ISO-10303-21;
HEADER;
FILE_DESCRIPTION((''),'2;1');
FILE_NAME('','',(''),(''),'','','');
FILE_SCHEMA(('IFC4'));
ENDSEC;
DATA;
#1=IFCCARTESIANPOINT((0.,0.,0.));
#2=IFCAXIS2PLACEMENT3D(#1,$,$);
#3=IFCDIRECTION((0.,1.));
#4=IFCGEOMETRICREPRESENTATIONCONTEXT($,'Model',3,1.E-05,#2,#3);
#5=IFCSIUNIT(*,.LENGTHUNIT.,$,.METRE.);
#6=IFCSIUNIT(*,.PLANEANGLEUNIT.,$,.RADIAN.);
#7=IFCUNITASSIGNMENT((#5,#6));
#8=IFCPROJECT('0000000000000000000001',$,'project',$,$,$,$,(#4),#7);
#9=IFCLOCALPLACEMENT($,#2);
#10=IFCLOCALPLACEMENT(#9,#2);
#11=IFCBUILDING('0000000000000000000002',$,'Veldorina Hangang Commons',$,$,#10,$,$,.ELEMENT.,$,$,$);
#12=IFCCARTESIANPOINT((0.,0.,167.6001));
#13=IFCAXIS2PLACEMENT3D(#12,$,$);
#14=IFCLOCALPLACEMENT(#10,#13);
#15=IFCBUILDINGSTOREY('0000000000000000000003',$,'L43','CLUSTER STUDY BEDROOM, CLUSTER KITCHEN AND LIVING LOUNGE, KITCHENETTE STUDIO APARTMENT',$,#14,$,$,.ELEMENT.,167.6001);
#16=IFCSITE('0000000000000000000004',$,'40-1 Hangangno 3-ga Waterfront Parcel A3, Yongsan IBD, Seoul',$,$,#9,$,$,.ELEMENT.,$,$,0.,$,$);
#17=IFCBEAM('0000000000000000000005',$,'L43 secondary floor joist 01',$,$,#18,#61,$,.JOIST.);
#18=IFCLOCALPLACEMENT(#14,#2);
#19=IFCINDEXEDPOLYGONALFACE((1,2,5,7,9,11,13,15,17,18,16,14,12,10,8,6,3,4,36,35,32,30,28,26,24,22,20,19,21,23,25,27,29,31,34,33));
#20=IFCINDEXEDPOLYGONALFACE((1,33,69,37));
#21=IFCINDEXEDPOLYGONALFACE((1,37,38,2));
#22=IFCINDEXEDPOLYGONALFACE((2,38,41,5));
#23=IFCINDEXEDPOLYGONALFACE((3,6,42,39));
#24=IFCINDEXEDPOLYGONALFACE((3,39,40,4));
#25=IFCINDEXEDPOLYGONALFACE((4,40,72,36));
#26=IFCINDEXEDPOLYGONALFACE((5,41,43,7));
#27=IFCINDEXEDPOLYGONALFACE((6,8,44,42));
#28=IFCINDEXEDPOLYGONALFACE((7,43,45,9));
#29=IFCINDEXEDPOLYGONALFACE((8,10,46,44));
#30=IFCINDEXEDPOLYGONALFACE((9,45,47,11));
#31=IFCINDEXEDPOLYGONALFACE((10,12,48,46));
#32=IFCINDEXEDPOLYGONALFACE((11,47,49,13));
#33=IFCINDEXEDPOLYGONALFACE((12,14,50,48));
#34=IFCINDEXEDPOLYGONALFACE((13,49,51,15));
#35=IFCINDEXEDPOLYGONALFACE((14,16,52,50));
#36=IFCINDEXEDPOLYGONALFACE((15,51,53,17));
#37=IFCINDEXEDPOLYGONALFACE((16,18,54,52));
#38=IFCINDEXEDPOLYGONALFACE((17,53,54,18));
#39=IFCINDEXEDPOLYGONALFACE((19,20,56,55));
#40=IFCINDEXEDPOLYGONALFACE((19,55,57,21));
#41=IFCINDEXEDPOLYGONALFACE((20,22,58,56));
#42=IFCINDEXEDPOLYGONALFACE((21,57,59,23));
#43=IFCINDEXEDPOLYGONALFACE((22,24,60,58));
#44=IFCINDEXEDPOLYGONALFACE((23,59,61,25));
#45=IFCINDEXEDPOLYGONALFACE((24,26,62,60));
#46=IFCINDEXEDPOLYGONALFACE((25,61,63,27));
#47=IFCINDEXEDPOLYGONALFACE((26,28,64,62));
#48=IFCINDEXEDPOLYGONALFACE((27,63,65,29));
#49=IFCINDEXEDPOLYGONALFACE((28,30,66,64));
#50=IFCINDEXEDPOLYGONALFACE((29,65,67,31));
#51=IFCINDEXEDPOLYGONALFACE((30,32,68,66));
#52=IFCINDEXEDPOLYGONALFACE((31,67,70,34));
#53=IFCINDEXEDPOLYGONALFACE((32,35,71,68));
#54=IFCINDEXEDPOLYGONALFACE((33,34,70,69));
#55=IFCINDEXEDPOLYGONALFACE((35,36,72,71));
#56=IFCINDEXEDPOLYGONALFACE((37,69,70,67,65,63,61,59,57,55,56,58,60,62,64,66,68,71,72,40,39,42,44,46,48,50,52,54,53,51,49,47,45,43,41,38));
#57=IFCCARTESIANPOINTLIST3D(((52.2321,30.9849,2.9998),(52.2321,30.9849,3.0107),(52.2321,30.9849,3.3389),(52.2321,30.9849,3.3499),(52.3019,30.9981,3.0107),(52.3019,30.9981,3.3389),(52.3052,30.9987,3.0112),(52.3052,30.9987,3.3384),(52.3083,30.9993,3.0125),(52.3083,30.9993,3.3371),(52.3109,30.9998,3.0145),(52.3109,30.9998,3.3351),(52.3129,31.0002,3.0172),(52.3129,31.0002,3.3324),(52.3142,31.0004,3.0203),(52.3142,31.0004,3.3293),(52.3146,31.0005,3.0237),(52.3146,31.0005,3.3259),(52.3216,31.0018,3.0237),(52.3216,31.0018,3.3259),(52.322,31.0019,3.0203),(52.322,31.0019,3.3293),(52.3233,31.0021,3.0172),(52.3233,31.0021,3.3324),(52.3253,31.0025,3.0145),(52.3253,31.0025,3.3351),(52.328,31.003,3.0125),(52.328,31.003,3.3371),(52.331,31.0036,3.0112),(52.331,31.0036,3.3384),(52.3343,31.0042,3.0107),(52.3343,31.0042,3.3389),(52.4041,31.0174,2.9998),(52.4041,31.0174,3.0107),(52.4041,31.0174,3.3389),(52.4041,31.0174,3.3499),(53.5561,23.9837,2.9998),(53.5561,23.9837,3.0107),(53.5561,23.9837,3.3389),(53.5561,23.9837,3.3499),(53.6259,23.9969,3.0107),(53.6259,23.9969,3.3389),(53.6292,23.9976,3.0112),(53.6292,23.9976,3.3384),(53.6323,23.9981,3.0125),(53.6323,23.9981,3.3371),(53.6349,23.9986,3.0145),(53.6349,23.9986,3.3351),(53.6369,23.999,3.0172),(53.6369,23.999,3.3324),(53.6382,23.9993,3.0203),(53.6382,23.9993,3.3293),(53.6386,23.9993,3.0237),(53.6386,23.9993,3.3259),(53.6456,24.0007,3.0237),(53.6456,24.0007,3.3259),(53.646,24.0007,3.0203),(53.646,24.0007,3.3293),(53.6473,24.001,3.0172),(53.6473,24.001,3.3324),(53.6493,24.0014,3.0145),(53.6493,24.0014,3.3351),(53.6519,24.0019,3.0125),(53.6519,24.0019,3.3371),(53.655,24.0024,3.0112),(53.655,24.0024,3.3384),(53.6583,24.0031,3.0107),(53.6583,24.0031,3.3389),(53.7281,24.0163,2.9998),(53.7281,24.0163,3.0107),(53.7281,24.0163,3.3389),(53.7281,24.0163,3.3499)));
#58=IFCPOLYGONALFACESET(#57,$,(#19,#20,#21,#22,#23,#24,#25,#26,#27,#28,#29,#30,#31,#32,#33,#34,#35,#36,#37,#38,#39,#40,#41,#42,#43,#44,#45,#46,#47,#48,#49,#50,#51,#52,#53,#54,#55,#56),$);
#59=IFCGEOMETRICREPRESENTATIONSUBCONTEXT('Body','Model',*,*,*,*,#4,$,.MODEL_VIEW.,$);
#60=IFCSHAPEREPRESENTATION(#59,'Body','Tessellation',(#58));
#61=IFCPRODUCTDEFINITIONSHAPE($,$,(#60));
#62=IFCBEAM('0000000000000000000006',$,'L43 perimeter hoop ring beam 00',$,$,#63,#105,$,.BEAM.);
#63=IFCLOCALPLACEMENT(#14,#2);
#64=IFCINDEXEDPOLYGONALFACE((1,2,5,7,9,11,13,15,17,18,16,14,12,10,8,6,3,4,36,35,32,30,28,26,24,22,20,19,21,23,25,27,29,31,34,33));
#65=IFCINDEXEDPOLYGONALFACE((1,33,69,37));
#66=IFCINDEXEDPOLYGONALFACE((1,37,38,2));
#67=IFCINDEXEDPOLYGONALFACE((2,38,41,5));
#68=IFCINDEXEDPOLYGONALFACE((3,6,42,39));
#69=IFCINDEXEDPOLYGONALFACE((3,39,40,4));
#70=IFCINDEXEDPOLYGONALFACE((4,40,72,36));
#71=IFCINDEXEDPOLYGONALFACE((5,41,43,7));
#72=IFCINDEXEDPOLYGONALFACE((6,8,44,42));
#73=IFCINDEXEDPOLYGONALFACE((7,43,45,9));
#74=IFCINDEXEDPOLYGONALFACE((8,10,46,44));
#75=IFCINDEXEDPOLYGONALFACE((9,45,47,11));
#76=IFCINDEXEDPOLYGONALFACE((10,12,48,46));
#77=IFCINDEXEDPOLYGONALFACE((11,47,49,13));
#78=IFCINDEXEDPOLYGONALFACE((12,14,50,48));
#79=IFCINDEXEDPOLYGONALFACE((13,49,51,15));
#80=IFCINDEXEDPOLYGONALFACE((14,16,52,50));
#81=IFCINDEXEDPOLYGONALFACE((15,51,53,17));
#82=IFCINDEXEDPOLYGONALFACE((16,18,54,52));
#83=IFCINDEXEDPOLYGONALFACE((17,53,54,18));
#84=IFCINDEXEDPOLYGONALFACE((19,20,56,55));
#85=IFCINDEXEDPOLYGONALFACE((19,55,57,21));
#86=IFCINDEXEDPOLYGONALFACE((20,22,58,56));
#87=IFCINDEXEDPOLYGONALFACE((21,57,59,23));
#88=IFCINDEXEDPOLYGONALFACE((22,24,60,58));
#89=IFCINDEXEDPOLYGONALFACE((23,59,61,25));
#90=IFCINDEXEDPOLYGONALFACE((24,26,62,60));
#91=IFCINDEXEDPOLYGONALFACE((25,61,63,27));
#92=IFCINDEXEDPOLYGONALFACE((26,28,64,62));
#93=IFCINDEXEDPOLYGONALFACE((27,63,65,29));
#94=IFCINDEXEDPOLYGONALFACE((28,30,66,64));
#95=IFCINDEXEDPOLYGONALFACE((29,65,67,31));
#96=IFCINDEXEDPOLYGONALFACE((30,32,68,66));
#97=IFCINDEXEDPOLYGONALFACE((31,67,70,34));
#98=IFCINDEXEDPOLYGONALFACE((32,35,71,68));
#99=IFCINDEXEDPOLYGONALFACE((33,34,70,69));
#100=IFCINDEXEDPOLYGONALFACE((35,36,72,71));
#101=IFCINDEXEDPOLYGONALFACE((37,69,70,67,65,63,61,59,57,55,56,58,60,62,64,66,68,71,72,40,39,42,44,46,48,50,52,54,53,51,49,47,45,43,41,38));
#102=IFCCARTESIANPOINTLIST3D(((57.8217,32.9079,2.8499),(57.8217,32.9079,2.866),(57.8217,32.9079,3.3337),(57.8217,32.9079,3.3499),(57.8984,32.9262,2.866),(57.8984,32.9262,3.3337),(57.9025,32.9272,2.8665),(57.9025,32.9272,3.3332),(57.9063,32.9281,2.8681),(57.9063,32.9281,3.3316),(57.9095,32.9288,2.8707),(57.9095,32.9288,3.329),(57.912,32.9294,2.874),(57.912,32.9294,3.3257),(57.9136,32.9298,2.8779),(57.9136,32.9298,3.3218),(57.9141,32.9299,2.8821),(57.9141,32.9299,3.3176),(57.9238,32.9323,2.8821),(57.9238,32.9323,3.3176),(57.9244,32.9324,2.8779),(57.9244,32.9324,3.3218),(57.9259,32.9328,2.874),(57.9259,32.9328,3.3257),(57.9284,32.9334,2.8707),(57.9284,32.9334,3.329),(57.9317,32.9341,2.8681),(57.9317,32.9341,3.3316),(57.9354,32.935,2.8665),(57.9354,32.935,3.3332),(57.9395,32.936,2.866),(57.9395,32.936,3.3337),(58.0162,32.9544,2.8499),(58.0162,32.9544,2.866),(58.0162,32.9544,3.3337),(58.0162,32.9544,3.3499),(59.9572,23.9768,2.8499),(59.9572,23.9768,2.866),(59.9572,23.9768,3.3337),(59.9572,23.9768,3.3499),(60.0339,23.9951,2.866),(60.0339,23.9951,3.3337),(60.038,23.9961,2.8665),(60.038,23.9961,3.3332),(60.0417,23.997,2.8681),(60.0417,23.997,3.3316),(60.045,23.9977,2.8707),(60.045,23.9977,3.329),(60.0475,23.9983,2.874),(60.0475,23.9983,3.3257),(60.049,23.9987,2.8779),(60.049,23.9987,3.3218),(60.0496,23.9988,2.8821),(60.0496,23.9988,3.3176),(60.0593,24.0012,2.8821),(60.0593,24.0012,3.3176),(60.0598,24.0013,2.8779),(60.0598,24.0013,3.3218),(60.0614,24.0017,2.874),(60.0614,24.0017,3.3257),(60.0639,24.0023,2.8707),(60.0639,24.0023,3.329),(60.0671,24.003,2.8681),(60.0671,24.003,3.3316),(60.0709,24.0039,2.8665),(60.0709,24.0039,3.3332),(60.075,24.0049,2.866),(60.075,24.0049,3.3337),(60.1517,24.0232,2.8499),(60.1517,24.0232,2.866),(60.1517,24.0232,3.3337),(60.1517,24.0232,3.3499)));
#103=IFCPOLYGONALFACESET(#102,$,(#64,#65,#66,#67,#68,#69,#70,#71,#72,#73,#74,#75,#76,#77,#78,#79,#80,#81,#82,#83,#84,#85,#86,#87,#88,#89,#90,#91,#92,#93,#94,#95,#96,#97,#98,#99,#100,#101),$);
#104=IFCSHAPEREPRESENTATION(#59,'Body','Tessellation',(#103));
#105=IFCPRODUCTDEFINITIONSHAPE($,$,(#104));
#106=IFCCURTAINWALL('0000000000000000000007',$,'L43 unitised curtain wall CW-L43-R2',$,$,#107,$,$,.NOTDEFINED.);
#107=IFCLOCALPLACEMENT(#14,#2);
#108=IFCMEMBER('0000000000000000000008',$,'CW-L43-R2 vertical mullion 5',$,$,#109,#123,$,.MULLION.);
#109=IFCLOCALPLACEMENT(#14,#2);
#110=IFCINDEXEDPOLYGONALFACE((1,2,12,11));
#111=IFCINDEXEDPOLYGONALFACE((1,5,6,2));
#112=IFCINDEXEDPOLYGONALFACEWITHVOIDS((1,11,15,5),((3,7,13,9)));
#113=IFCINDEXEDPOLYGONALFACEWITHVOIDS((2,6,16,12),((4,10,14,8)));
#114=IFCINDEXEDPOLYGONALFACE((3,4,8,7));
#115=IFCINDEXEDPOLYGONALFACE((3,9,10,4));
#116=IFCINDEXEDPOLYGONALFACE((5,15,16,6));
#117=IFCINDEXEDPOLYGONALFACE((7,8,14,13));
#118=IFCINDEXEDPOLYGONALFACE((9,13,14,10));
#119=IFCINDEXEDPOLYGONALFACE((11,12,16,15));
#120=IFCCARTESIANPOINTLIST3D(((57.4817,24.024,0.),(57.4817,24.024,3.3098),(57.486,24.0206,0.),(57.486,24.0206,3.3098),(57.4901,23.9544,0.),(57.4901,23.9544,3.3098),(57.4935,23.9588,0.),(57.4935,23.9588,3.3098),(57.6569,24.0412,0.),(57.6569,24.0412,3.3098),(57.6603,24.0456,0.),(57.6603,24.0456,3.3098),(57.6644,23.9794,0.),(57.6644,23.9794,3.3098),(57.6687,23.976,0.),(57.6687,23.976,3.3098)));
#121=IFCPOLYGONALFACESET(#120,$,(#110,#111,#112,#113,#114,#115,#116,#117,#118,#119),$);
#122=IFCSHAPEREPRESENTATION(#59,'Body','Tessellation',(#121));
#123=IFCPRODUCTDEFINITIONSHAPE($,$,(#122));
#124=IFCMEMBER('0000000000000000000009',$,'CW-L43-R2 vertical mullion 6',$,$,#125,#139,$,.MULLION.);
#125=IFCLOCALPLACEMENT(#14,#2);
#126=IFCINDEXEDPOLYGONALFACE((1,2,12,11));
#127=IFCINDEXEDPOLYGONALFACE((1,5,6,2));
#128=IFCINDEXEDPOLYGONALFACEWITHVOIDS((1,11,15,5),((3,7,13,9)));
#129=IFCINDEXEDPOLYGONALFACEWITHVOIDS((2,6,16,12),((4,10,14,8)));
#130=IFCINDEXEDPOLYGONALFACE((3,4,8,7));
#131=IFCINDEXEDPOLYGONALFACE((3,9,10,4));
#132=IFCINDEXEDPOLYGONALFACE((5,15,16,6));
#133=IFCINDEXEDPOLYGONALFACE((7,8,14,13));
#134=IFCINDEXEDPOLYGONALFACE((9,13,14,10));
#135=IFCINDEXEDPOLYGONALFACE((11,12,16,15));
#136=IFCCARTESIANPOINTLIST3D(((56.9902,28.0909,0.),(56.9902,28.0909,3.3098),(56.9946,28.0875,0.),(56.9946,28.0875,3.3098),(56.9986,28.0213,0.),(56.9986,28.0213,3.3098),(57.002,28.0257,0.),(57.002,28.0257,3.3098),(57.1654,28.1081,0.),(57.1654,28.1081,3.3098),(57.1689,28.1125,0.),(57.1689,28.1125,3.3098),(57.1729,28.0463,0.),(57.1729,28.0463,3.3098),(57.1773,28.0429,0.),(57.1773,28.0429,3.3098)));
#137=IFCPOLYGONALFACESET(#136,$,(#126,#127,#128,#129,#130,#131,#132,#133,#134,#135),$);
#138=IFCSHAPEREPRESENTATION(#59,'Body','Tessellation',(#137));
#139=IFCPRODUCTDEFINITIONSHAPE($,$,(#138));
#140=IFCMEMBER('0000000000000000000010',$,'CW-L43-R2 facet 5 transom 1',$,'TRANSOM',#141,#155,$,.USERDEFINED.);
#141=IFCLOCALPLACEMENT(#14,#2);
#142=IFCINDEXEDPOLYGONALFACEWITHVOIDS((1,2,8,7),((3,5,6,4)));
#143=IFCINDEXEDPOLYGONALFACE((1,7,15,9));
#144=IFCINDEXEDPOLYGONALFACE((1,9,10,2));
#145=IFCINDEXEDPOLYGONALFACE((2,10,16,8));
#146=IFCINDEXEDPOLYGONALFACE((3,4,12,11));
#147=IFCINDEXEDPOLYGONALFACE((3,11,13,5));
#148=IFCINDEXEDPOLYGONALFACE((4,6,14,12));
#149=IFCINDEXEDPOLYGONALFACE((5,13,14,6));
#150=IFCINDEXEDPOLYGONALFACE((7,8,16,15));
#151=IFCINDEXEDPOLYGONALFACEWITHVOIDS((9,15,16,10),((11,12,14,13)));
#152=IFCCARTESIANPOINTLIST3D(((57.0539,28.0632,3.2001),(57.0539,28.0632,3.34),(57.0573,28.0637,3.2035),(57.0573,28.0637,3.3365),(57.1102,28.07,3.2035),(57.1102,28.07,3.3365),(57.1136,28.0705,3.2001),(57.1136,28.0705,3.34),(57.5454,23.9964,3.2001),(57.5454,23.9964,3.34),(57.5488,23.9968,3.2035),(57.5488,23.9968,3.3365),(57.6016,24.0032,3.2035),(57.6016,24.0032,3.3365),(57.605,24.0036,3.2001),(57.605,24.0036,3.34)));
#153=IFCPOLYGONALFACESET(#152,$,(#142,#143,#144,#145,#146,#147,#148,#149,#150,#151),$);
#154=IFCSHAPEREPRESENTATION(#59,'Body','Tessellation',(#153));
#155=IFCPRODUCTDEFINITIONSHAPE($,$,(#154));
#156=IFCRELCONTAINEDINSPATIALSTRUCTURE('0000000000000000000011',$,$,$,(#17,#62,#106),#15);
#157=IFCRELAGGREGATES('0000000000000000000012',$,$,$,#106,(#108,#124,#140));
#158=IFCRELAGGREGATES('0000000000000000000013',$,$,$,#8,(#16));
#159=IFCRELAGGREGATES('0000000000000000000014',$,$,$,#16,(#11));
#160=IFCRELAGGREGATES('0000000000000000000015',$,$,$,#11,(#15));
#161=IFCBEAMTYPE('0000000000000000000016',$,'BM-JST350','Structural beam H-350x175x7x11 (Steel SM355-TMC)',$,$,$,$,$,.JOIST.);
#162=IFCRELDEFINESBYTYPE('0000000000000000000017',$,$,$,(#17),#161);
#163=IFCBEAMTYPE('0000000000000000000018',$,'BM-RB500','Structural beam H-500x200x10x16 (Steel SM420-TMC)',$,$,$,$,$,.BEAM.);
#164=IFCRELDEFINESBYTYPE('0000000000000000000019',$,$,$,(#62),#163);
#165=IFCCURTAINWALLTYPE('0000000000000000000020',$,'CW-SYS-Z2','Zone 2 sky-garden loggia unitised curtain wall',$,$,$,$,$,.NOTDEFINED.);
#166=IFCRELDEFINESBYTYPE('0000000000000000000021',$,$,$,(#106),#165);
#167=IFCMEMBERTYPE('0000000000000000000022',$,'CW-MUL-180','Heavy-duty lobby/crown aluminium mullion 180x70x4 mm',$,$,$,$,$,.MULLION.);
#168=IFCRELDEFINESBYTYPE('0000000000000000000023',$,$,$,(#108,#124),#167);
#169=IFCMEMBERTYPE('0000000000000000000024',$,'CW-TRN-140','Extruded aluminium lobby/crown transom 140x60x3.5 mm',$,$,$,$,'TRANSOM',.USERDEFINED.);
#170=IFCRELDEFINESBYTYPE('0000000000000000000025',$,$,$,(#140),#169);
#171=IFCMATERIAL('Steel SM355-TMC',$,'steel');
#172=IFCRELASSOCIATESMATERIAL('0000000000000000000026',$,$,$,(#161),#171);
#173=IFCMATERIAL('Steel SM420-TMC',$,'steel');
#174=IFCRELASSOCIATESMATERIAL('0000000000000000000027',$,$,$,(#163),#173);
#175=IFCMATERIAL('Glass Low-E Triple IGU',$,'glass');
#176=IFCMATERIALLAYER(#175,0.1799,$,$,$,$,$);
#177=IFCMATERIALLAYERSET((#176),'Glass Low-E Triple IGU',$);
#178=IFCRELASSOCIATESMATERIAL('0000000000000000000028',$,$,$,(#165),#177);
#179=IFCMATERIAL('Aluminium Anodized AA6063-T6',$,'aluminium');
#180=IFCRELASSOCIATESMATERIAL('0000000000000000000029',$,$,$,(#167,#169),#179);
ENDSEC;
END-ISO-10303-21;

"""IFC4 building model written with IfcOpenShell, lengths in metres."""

from ifc_helpers import new_model, si_unit, direction, frame, origin, origin_2d, place, context, subcontext, project, spatial, hollow_rectangle, i_section, extrude, material, layer, layer_set, material_profile, profile_set, type_object, element, aggregate, save


model = new_model("IFC4")

# Units and contexts
model_context = context("Model", 3, precision=1e-05, world=origin(), true_north=direction((0.0, 1.0)))
body_context = subcontext(model_context, "Body", "Model", "MODEL_VIEW")
ifc_project = project(units=[si_unit("LENGTHUNIT", "METRE"), si_unit("PLANEANGLEUNIT", "RADIAN")], contexts=[model_context])

# Site, building, storey
site_placement = place(None, origin())
site = spatial("IfcSite", under=ifc_project, at=site_placement, Name="40-1 Hangangno 3-ga Waterfront Parcel A3, Yongsan IBD, Seoul", CompositionType="ELEMENT", RefElevation=0.0)
building_placement = place(site_placement, origin())
building = spatial("IfcBuilding", under=site, at=building_placement, Name="Veldorina Hangang Commons", CompositionType="ELEMENT")
storey_placement = place(building_placement, frame((0.0, 0.0, 167.6001)))
storey = spatial("IfcBuildingStorey", under=building, at=storey_placement, Name="L43", Description="CLUSTER STUDY BEDROOM, CLUSTER KITCHEN AND LIVING LOUNGE, KITCHENETTE STUDIO APARTMENT", CompositionType="ELEMENT", Elevation=167.6001)

# Beams
ifc_material_1 = material(Name="Steel SM355-TMC", Category="steel")
ifc_material_profile_1 = material_profile(ifc_material_1, i_section(OverallWidth=0.175, OverallDepth=0.3501, WebThickness=0.0071, FlangeThickness=0.011, FilletRadius=0.0129, at=origin_2d()), Name="H-350x175x7x11")
ifc_profile_set_1 = profile_set([ifc_material_profile_1], Name="Steel SM355-TMC")
beam_type_1 = type_object("IfcBeamType", Name="BM-JST350", Description="Structural beam H-350x175x7x11 (Steel SM355-TMC)", PredefinedType="JOIST", material=ifc_profile_set_1)
beam_1_placement = place(storey_placement, frame((53.6421, 24.0, 3.1748), z_axis=(-0.185813, 0.982585, 0.0), x_axis=(-0.982585, -0.185813, 0.0)))
element("IfcBeam", 1, at=beam_1_placement, inside=storey, type_object=beam_type_1, Name="L43 secondary floor joist 01", PredefinedType="JOIST", context=body_context, shape_type="SweptSolid", body=[
    extrude(i_section(OverallWidth=0.175, OverallDepth=0.3501, WebThickness=0.0071, FlangeThickness=0.011, FilletRadius=0.0129, at=origin_2d()), origin(), (0.0, 0.0, 1.0), 7.1252),
])
ifc_material_2 = material(Name="Steel SM420-TMC", Category="steel")
ifc_material_profile_2 = material_profile(ifc_material_2, i_section(OverallWidth=0.2, OverallDepth=0.5, WebThickness=0.01, FlangeThickness=0.0161, FilletRadius=0.0161, at=origin_2d()), Name="H-500x200x10x16")
ifc_profile_set_2 = profile_set([ifc_material_profile_2], Name="Steel SM420-TMC")
beam_type_2 = type_object("IfcBeamType", Name="BM-RB500", Description="Structural beam H-500x200x10x16 (Steel SM420-TMC)", PredefinedType="BEAM", material=ifc_profile_set_2)
beam_2_placement = place(storey_placement, frame((60.0544, 24.0, 3.0999), z_axis=(-0.232551, 0.972584, 0.0), x_axis=(-0.972584, -0.232551, 0.0)))
element("IfcBeam", 2, at=beam_2_placement, inside=storey, type_object=beam_type_2, Name="L43 perimeter hoop ring beam 00", PredefinedType="BEAM", context=body_context, shape_type="SweptSolid", body=[
    extrude(i_section(OverallWidth=0.2, OverallDepth=0.5, WebThickness=0.01, FlangeThickness=0.0161, FilletRadius=0.0161, at=origin_2d()), origin(), (0.0, 0.0, 1.0), 9.1829),
])

# Curtain wall, members
ifc_material_3 = material(Name="Glass Low-E Triple IGU", Category="glass")
ifc_layer_1 = layer(ifc_material_3, 0.1799)
ifc_layer_set_1 = layer_set([ifc_layer_1], Name="Glass Low-E Triple IGU")
curtain_wall_type = type_object("IfcCurtainWallType", Name="CW-SYS-Z2", Description="Zone 2 sky-garden loggia unitised curtain wall", PredefinedType="NOTDEFINED", material=ifc_layer_set_1)
curtain_wall_placement = place(storey_placement, origin())
curtain_wall = element("IfcCurtainWall", 3, at=curtain_wall_placement, inside=storey, type_object=curtain_wall_type, Name="L43 unitised curtain wall CW-L43-R2", PredefinedType="NOTDEFINED")
ifc_material_4 = material(Name="Aluminium Anodized AA6063-T6", Category="aluminium")
ifc_material_profile_3 = material_profile(ifc_material_4, hollow_rectangle(XDim=0.0701, YDim=0.1799, WallThickness=0.0039, at=origin_2d()), Name="ALU-RHS-180x70x4")
ifc_profile_set_3 = profile_set([ifc_material_profile_3], Name="Aluminium Anodized AA6063-T6")
member_type_1 = type_object("IfcMemberType", Name="CW-MUL-180", Description="Heavy-duty lobby/crown aluminium mullion 180x70x4 mm", PredefinedType="MULLION", material=ifc_profile_set_3)
member_1_placement = place(storey_placement, frame((57.5752, 24.0, 0.0), z_axis=(0.0, 0.0, 1.0), x_axis=(-0.119946, 0.99278, 0.0)))
member_1 = element("IfcMember", 4, at=member_1_placement, type_object=member_type_1, Name="CW-L43-R2 vertical mullion 5", PredefinedType="MULLION", context=body_context, shape_type="SweptSolid", body=[
    extrude(hollow_rectangle(XDim=0.0701, YDim=0.1799, WallThickness=0.0039, at=origin_2d()), origin(), (0.0, 0.0, 1.0), 3.3098),
])
member_2_placement = place(storey_placement, frame((57.0837, 28.0669, 0.0), z_axis=(0.0, 0.0, 1.0), x_axis=(0.119946, -0.99278, 0.0)))
member_2 = element("IfcMember", 5, at=member_2_placement, type_object=member_type_1, Name="CW-L43-R2 vertical mullion 6", PredefinedType="MULLION", context=body_context, shape_type="SweptSolid", body=[
    extrude(hollow_rectangle(XDim=0.0701, YDim=0.1799, WallThickness=0.0039, at=origin_2d()), origin(), (0.0, 0.0, 1.0), 3.3098),
])
ifc_material_profile_4 = material_profile(ifc_material_4, hollow_rectangle(XDim=0.0601, YDim=0.1399, WallThickness=0.0034, at=origin_2d()), Name="ALU-RHS-140x60x3.5")
ifc_profile_set_4 = profile_set([ifc_material_profile_4], Name="Aluminium Anodized AA6063-T6")
member_type_2 = type_object("IfcMemberType", Name="CW-TRN-140", Description="Extruded aluminium lobby/crown transom 140x60x3.5 mm", ElementType="TRANSOM", PredefinedType="USERDEFINED", material=ifc_profile_set_4)
member_3_placement = place(storey_placement, frame((57.5752, 24.0, 3.27), z_axis=(-0.11997, 0.992778, 0.0), x_axis=(-0.992778, -0.11997, 0.0)))
member_3 = element("IfcMember", 6, at=member_3_placement, type_object=member_type_2, Name="CW-L43-R2 facet 5 transom 1", ObjectType="TRANSOM", PredefinedType="USERDEFINED", context=body_context, shape_type="SweptSolid", body=[
    extrude(hollow_rectangle(XDim=0.0601, YDim=0.1399, WallThickness=0.0034, at=origin_2d()), origin(), (0.0, 0.0, 1.0), 4.0964),
])

aggregate(curtain_wall, [member_1, member_2, member_3])

save(model, "model.ifc")
